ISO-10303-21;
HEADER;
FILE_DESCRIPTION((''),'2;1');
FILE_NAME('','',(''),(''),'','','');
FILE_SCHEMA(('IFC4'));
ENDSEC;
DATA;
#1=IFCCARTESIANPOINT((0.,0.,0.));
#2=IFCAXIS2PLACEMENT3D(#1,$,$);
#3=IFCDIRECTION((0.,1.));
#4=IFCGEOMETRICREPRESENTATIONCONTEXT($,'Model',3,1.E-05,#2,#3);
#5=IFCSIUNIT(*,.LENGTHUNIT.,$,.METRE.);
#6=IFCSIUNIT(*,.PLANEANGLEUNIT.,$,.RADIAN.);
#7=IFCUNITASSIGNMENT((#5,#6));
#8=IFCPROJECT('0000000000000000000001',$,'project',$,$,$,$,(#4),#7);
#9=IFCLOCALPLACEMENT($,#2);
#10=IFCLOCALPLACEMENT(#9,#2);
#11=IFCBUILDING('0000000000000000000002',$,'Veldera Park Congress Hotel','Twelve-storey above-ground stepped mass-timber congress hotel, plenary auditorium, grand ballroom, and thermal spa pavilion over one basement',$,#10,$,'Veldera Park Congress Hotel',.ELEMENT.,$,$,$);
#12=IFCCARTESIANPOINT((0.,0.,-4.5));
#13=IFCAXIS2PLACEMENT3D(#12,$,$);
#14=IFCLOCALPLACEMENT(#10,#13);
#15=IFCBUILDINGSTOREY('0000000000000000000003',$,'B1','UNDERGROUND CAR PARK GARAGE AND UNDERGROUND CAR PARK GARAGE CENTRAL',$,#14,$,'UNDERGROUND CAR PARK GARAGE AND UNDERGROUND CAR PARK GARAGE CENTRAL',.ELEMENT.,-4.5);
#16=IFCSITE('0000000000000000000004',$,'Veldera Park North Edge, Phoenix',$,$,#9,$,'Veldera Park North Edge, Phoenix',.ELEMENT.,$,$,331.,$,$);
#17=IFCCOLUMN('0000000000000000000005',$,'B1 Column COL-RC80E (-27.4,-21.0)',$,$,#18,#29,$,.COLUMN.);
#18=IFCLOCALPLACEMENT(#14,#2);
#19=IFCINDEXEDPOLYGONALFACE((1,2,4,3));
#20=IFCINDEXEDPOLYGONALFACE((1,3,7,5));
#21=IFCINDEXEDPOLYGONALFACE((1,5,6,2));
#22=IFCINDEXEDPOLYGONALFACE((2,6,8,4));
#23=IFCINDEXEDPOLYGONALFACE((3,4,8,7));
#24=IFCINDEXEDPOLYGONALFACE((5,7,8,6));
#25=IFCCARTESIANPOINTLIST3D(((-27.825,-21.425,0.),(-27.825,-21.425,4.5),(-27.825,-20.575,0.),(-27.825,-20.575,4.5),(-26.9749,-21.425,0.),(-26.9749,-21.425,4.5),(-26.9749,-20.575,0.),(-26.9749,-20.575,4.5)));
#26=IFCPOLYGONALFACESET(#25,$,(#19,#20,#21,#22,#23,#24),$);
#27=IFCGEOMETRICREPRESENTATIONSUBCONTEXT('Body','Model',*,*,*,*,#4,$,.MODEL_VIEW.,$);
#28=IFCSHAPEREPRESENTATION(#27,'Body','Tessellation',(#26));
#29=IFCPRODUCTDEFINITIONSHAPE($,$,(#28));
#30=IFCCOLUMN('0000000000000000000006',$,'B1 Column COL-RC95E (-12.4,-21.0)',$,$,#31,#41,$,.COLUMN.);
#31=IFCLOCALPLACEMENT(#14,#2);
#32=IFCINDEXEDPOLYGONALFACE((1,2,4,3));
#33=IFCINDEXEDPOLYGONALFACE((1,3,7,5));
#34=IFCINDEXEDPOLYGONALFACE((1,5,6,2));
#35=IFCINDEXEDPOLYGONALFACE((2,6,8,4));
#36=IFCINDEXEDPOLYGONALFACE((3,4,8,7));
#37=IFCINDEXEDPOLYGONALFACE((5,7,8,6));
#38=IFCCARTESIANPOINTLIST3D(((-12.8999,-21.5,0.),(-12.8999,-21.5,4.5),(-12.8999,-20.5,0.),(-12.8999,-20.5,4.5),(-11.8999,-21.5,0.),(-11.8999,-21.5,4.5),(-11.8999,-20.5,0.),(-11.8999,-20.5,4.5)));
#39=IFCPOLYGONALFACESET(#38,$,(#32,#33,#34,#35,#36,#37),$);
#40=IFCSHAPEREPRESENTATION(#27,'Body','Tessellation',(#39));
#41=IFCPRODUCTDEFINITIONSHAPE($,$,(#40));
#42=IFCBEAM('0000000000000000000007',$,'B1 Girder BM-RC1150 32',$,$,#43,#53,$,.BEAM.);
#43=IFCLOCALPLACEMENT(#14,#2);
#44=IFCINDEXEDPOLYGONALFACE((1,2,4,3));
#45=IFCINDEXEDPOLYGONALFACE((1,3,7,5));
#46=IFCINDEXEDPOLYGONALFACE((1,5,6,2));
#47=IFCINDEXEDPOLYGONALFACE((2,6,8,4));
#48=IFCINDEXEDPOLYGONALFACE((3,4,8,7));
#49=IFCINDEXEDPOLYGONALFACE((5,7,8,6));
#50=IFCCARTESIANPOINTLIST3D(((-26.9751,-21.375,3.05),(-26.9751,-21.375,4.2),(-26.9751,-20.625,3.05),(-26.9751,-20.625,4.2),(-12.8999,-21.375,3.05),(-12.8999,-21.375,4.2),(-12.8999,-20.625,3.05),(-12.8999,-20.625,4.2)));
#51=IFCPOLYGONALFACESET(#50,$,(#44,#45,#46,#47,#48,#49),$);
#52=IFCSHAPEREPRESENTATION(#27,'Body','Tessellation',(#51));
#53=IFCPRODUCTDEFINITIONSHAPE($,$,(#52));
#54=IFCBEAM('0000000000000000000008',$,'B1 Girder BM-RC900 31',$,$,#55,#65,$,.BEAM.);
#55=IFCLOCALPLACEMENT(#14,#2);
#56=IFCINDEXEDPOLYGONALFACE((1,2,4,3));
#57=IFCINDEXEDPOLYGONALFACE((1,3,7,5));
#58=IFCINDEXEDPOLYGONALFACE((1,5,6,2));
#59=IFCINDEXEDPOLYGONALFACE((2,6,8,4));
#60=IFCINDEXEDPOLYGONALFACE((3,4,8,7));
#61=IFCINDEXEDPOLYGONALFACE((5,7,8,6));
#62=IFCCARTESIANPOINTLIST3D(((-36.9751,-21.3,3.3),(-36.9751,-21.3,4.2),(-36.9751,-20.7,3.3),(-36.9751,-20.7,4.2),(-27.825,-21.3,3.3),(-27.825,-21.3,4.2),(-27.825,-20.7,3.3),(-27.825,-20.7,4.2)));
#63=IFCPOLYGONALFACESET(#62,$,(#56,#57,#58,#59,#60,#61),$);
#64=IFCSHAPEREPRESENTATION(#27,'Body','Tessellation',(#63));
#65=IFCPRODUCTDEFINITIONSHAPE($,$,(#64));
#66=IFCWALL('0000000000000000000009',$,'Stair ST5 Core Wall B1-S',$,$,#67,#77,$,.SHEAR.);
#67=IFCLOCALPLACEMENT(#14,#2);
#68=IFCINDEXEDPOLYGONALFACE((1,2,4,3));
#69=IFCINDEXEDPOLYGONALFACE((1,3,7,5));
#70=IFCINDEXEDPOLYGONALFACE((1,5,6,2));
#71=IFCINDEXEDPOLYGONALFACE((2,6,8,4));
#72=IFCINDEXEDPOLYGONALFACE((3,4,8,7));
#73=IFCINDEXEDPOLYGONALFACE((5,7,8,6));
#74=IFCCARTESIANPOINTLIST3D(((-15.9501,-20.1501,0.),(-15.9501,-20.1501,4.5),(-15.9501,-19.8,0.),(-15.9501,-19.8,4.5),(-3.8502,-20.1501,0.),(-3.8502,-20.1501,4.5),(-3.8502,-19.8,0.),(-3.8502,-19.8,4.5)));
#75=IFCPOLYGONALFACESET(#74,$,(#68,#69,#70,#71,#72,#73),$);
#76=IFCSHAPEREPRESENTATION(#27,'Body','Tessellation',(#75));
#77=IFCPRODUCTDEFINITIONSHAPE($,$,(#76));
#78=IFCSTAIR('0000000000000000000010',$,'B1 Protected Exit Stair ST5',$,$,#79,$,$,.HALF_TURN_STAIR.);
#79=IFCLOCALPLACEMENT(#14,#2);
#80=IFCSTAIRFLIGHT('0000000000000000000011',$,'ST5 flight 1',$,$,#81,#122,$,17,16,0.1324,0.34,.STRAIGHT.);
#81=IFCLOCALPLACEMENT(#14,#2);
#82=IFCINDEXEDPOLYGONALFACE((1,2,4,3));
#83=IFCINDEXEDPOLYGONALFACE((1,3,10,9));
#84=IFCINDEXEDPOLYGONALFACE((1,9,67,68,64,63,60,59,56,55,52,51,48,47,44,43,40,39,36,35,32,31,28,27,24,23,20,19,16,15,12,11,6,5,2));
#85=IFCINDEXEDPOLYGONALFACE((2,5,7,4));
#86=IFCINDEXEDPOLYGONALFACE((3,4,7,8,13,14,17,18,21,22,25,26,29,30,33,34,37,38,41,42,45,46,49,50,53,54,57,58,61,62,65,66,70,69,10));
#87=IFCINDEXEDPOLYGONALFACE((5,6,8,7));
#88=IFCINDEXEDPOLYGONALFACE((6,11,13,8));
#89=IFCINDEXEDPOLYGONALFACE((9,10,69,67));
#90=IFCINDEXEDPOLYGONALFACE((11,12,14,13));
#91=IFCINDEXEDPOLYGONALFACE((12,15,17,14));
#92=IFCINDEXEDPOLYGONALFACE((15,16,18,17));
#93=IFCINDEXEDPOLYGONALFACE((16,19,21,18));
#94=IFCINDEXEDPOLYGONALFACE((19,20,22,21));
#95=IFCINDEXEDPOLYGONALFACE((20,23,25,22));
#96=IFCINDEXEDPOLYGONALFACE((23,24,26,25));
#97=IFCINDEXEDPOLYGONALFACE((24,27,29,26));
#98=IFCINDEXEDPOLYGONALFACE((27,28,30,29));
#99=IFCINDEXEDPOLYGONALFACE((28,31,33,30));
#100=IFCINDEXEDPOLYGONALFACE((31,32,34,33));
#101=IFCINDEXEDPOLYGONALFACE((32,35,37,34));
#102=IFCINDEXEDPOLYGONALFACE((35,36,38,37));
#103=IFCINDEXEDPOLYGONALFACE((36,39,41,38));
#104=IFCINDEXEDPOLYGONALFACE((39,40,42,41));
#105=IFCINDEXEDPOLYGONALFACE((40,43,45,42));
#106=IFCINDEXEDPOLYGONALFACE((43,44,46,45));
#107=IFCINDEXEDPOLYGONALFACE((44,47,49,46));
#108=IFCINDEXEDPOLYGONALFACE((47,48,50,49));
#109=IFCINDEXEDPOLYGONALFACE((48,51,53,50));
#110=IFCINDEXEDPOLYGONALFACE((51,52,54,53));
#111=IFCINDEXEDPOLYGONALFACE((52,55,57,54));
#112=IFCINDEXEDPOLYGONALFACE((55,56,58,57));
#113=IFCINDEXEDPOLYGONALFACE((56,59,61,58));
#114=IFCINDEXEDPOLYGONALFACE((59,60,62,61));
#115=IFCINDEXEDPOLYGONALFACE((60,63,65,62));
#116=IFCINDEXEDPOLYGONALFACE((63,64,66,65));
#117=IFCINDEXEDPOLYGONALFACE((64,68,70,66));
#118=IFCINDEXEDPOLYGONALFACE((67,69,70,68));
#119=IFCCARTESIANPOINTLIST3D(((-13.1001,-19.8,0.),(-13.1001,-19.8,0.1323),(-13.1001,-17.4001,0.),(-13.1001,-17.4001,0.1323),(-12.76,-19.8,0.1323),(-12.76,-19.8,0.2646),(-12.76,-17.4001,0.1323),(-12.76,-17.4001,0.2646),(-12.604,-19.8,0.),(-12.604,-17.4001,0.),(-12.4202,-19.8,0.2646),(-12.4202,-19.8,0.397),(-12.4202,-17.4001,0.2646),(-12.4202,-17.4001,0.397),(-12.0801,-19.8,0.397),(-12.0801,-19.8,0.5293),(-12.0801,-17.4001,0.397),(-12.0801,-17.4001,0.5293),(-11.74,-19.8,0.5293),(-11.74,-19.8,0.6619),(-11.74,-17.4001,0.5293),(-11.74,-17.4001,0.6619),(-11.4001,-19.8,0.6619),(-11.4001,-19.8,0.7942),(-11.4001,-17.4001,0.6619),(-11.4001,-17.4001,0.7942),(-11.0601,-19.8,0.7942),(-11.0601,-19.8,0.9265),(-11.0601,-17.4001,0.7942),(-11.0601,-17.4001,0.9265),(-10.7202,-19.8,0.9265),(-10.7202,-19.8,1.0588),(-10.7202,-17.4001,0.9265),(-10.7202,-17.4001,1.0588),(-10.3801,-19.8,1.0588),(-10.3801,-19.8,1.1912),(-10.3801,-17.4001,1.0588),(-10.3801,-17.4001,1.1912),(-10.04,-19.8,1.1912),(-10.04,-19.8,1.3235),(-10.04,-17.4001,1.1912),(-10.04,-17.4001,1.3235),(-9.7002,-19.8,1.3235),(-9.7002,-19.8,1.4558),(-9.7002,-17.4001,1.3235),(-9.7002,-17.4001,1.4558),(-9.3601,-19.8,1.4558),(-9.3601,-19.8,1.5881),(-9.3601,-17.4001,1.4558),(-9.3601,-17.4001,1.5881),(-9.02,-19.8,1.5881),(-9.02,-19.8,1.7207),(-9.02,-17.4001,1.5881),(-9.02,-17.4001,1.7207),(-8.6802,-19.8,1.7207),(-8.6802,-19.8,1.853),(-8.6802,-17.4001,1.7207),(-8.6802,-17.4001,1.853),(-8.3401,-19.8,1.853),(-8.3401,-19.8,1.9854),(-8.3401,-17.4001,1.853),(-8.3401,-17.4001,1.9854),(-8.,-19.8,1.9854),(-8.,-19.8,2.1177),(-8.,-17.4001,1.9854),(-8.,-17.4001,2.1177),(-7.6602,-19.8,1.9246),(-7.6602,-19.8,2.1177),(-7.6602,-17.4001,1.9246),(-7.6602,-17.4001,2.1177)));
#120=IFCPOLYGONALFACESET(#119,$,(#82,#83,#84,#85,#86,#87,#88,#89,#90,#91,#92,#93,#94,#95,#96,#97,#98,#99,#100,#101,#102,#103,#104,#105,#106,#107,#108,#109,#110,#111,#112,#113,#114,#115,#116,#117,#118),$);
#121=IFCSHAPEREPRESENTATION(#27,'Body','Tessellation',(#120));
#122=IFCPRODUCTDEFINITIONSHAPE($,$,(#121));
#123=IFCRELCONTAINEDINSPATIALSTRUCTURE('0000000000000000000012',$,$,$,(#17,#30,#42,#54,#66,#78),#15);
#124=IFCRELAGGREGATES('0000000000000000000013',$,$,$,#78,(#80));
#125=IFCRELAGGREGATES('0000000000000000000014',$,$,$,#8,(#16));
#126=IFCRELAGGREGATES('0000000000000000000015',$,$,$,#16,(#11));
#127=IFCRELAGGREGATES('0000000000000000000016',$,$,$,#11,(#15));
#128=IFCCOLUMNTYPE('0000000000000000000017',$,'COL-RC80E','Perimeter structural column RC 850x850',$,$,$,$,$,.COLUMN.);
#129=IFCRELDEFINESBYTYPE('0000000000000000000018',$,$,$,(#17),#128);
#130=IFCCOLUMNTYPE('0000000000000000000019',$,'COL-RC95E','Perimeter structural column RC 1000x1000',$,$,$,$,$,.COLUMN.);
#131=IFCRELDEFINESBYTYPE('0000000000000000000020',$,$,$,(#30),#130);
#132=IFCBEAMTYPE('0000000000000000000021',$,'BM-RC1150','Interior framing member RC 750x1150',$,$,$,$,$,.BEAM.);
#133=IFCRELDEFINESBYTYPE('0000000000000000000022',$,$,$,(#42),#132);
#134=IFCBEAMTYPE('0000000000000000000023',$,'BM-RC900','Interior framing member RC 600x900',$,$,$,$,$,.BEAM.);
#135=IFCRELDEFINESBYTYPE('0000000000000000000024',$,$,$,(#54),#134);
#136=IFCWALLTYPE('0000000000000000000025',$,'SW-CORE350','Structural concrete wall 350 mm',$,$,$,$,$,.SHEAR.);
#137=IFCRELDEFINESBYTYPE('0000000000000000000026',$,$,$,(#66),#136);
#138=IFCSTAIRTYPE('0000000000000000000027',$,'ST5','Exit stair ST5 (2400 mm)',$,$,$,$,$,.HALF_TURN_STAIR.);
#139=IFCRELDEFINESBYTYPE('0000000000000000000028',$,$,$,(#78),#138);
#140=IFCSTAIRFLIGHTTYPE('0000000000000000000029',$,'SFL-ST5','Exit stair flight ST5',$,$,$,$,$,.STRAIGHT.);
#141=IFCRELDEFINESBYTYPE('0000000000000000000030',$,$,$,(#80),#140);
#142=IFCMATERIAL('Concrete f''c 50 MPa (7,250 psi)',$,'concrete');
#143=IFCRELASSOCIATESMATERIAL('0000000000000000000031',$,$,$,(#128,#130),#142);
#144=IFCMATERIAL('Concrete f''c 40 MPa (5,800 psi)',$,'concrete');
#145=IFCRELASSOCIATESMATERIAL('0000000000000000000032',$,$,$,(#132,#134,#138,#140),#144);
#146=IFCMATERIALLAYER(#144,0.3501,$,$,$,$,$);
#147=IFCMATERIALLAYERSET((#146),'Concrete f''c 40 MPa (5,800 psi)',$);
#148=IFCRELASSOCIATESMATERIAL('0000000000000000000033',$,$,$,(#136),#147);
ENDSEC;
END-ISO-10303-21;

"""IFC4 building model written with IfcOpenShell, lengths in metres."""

from ifc_helpers import new_model, si_unit, direction, frame, frame_2d, origin, origin_2d, place, context, subcontext, project, spatial, polyline, rectangle, outline, extrude, material, layer, layer_set, material_profile, profile_set, type_object, element, aggregate, save


model = new_model("IFC4")

# Units and contexts
model_context = context("Model", 3, precision=1e-05, world=origin(), true_north=direction((0.0, 1.0)))
body_context = subcontext(model_context, "Body", "Model", "MODEL_VIEW")
ifc_project = project(units=[si_unit("LENGTHUNIT", "METRE"), si_unit("PLANEANGLEUNIT", "RADIAN")], contexts=[model_context])

# Site, building, storey
site_placement = place(None, origin())
site = spatial("IfcSite", under=ifc_project, at=site_placement, Name="Veldera Park North Edge, Phoenix", LongName="Veldera Park North Edge, Phoenix", CompositionType="ELEMENT", RefElevation=331.0)
building_placement = place(site_placement, origin())
building = spatial("IfcBuilding", under=site, at=building_placement, Name="Veldera Park Congress Hotel", Description="Twelve-storey above-ground stepped mass-timber congress hotel, plenary auditorium, grand ballroom, and thermal spa pavilion over one basement", LongName="Veldera Park Congress Hotel", CompositionType="ELEMENT")
storey_placement = place(building_placement, frame((0.0, 0.0, -4.5)))
storey = spatial("IfcBuildingStorey", under=building, at=storey_placement, Name="B1", Description="UNDERGROUND CAR PARK GARAGE AND UNDERGROUND CAR PARK GARAGE CENTRAL", LongName="UNDERGROUND CAR PARK GARAGE AND UNDERGROUND CAR PARK GARAGE CENTRAL", CompositionType="ELEMENT", Elevation=-4.5)

# Shared definitions
ifc_material_1 = material(Name="Concrete f'c 40 MPa (5,800 psi)", Category="concrete")

# Columns
ifc_material_2 = material(Name="Concrete f'c 50 MPa (7,250 psi)", Category="concrete")
ifc_material_profile_1 = material_profile(ifc_material_2, rectangle(XDim=0.8501, YDim=0.8501, at=origin_2d()), Name="RC 850x850")
ifc_profile_set_1 = profile_set([ifc_material_profile_1], Name="Concrete f'c 50 MPa (7,250 psi)")
column_type_1 = type_object("IfcColumnType", Name="COL-RC80E", Description="Perimeter structural column RC 850x850", PredefinedType="COLUMN", material=ifc_profile_set_1)
for number, where, z_axis, x_axis, name in (
    (1, (-27.3999, -21.0, 0.0), (0.0, 0.0, 1.0), (1.0, 0.0, 0.0), "B1 Column COL-RC80E (-27.4,-21.0)"),
):
    element("IfcColumn", number, at=place(storey_placement, frame(where, z_axis=z_axis, x_axis=x_axis)), inside=storey, type_object=column_type_1, Name=name, PredefinedType="COLUMN", context=body_context, shape_type="SweptSolid", body=[
        extrude(rectangle(XDim=0.8501, YDim=0.8501, at=origin_2d()), origin(), (0.0, 0.0, 1.0), 4.5),
    ])
ifc_material_profile_2 = material_profile(ifc_material_2, rectangle(XDim=1.0, YDim=1.0, at=origin_2d()), Name="RC 1000x1000")
ifc_profile_set_2 = profile_set([ifc_material_profile_2], Name="Concrete f'c 50 MPa (7,250 psi)")
column_type_2 = type_object("IfcColumnType", Name="COL-RC95E", Description="Perimeter structural column RC 1000x1000", PredefinedType="COLUMN", material=ifc_profile_set_2)
column_placement = place(storey_placement, frame((-12.3999, -21.0, 0.0), z_axis=(0.0, 0.0, 1.0), x_axis=(1.0, 0.0, 0.0)))
element("IfcColumn", 2, at=column_placement, inside=storey, type_object=column_type_2, Name="B1 Column COL-RC95E (-12.4,-21.0)", PredefinedType="COLUMN", context=body_context, shape_type="SweptSolid", body=[
    extrude(rectangle(XDim=1.0, YDim=1.0, at=origin_2d()), origin(), (0.0, 0.0, 1.0), 4.5),
])

# Beams
ifc_material_profile_3 = material_profile(ifc_material_1, rectangle(XDim=0.75, YDim=1.1499, at=origin_2d()), Name="RC 750x1150")
ifc_profile_set_3 = profile_set([ifc_material_profile_3], Name="Concrete f'c 40 MPa (5,800 psi)")
beam_type_1 = type_object("IfcBeamType", Name="BM-RC1150", Description="Interior framing member RC 750x1150", PredefinedType="BEAM", material=ifc_profile_set_3)
beam_1_placement = place(storey_placement, frame((-26.9751, -21.0, 3.625), z_axis=(1.0, 0.0, 0.0), x_axis=(0.0, 1.0, 0.0)))
element("IfcBeam", 3, at=beam_1_placement, inside=storey, type_object=beam_type_1, Name="B1 Girder BM-RC1150 32", PredefinedType="BEAM", context=body_context, shape_type="SweptSolid", body=[
    extrude(rectangle(XDim=0.75, YDim=1.1499, at=origin_2d()), origin(), (0.0, 0.0, 1.0), 14.0752),
])
ifc_material_profile_4 = material_profile(ifc_material_1, rectangle(XDim=0.6001, YDim=0.8999, at=origin_2d()), Name="RC 600x900")
ifc_profile_set_4 = profile_set([ifc_material_profile_4], Name="Concrete f'c 40 MPa (5,800 psi)")
beam_type_2 = type_object("IfcBeamType", Name="BM-RC900", Description="Interior framing member RC 600x900", PredefinedType="BEAM", material=ifc_profile_set_4)
beam_2_placement = place(storey_placement, frame((-36.9751, -21.0, 3.75), z_axis=(1.0, 0.0, 0.0), x_axis=(0.0, 1.0, 0.0)))
element("IfcBeam", 4, at=beam_2_placement, inside=storey, type_object=beam_type_2, Name="B1 Girder BM-RC900 31", PredefinedType="BEAM", context=body_context, shape_type="SweptSolid", body=[
    extrude(rectangle(XDim=0.6001, YDim=0.8999, at=origin_2d()), origin(), (0.0, 0.0, 1.0), 9.1501),
])

# Wall
ifc_layer = layer(ifc_material_1, 0.3501)
ifc_layer_set = layer_set([ifc_layer], Name="Concrete f'c 40 MPa (5,800 psi)")
wall_type = type_object("IfcWallType", Name="SW-CORE350", Description="Structural concrete wall 350 mm", PredefinedType="SHEAR", material=ifc_layer_set)
wall_placement = place(storey_placement, frame((-15.95, -19.9751, 0.0), z_axis=(0.0, 0.0, 1.0), x_axis=(1.0, 0.0, 0.0)))
element("IfcWall", 5, at=wall_placement, inside=storey, type_object=wall_type, Name="Stair ST5 Core Wall B1-S", PredefinedType="SHEAR", context=body_context, shape_type="SweptSolid", body=[
    extrude(rectangle(XDim=12.0999, YDim=0.3501, at=frame_2d((6.0498, 0.0))), origin(), (0.0, 0.0, 1.0), 4.5),
])

# Stair, stair flight
stair_type = type_object("IfcStairType", Name="ST5", Description="Exit stair ST5 (2400 mm)", PredefinedType="HALF_TURN_STAIR", material=ifc_material_1)
stair_placement = place(storey_placement, origin())
stair = element("IfcStair", 6, at=stair_placement, inside=storey, type_object=stair_type, Name="B1 Protected Exit Stair ST5", PredefinedType="HALF_TURN_STAIR")
stair_flight_type = type_object("IfcStairFlightType", Name="SFL-ST5", Description="Exit stair flight ST5", PredefinedType="STRAIGHT", material=ifc_material_1)
stair_flight_placement = place(storey_placement, frame((-13.1001, -18.6001, 0.0), z_axis=(0.0, 0.0, 1.0), x_axis=(1.0, 0.0, 0.0)))
stair_flight = element("IfcStairFlight", 7, at=stair_flight_placement, type_object=stair_flight_type, Name="ST5 flight 1", NumberOfRisers=17, NumberOfTreads=16, PredefinedType="STRAIGHT", RiserHeight=0.1324, TreadLength=0.34, context=body_context, shape_type="SweptSolid", body=[
    extrude(outline(polyline([(0.0, 0.0), (0.0, 0.1323), (0.3401, 0.1323), (0.3401, 0.2646), (0.6799, 0.2646), (0.6799, 0.397), (1.02, 0.397), (1.02, 0.5293), (1.3601, 0.5293), (1.3601, 0.6619), (1.7, 0.6619), (1.7, 0.7942), (2.04, 0.7942), (2.04, 0.9265), (2.3799, 0.9265), (2.3799, 1.0588), (2.72, 1.0588), (2.72, 1.1912), (3.0601, 1.1912), (3.0601, 1.3235), (3.3999, 1.3235), (3.3999, 1.4558), (3.74, 1.4558), (3.74, 1.5881), (4.0801, 1.5881), (4.0801, 1.7207), (4.4199, 1.7207), (4.4199, 1.853), (4.76, 1.853), (4.76, 1.9854), (5.1001, 1.9854), (5.1001, 2.1177), (5.4399, 2.1177), (5.4399, 2.25), (5.4399, 2.25), (5.4399, 1.9246), (0.4961, 0.0), (0.0, 0.0)])), frame((0.0, 1.2, 0.0), z_axis=(0.0, -1.0, 0.0), x_axis=(1.0, 0.0, 0.0)), (0.0, 0.0, 1.0), 2.3999),
])
aggregate(stair, [stair_flight])

save(model, "model.ifc")
